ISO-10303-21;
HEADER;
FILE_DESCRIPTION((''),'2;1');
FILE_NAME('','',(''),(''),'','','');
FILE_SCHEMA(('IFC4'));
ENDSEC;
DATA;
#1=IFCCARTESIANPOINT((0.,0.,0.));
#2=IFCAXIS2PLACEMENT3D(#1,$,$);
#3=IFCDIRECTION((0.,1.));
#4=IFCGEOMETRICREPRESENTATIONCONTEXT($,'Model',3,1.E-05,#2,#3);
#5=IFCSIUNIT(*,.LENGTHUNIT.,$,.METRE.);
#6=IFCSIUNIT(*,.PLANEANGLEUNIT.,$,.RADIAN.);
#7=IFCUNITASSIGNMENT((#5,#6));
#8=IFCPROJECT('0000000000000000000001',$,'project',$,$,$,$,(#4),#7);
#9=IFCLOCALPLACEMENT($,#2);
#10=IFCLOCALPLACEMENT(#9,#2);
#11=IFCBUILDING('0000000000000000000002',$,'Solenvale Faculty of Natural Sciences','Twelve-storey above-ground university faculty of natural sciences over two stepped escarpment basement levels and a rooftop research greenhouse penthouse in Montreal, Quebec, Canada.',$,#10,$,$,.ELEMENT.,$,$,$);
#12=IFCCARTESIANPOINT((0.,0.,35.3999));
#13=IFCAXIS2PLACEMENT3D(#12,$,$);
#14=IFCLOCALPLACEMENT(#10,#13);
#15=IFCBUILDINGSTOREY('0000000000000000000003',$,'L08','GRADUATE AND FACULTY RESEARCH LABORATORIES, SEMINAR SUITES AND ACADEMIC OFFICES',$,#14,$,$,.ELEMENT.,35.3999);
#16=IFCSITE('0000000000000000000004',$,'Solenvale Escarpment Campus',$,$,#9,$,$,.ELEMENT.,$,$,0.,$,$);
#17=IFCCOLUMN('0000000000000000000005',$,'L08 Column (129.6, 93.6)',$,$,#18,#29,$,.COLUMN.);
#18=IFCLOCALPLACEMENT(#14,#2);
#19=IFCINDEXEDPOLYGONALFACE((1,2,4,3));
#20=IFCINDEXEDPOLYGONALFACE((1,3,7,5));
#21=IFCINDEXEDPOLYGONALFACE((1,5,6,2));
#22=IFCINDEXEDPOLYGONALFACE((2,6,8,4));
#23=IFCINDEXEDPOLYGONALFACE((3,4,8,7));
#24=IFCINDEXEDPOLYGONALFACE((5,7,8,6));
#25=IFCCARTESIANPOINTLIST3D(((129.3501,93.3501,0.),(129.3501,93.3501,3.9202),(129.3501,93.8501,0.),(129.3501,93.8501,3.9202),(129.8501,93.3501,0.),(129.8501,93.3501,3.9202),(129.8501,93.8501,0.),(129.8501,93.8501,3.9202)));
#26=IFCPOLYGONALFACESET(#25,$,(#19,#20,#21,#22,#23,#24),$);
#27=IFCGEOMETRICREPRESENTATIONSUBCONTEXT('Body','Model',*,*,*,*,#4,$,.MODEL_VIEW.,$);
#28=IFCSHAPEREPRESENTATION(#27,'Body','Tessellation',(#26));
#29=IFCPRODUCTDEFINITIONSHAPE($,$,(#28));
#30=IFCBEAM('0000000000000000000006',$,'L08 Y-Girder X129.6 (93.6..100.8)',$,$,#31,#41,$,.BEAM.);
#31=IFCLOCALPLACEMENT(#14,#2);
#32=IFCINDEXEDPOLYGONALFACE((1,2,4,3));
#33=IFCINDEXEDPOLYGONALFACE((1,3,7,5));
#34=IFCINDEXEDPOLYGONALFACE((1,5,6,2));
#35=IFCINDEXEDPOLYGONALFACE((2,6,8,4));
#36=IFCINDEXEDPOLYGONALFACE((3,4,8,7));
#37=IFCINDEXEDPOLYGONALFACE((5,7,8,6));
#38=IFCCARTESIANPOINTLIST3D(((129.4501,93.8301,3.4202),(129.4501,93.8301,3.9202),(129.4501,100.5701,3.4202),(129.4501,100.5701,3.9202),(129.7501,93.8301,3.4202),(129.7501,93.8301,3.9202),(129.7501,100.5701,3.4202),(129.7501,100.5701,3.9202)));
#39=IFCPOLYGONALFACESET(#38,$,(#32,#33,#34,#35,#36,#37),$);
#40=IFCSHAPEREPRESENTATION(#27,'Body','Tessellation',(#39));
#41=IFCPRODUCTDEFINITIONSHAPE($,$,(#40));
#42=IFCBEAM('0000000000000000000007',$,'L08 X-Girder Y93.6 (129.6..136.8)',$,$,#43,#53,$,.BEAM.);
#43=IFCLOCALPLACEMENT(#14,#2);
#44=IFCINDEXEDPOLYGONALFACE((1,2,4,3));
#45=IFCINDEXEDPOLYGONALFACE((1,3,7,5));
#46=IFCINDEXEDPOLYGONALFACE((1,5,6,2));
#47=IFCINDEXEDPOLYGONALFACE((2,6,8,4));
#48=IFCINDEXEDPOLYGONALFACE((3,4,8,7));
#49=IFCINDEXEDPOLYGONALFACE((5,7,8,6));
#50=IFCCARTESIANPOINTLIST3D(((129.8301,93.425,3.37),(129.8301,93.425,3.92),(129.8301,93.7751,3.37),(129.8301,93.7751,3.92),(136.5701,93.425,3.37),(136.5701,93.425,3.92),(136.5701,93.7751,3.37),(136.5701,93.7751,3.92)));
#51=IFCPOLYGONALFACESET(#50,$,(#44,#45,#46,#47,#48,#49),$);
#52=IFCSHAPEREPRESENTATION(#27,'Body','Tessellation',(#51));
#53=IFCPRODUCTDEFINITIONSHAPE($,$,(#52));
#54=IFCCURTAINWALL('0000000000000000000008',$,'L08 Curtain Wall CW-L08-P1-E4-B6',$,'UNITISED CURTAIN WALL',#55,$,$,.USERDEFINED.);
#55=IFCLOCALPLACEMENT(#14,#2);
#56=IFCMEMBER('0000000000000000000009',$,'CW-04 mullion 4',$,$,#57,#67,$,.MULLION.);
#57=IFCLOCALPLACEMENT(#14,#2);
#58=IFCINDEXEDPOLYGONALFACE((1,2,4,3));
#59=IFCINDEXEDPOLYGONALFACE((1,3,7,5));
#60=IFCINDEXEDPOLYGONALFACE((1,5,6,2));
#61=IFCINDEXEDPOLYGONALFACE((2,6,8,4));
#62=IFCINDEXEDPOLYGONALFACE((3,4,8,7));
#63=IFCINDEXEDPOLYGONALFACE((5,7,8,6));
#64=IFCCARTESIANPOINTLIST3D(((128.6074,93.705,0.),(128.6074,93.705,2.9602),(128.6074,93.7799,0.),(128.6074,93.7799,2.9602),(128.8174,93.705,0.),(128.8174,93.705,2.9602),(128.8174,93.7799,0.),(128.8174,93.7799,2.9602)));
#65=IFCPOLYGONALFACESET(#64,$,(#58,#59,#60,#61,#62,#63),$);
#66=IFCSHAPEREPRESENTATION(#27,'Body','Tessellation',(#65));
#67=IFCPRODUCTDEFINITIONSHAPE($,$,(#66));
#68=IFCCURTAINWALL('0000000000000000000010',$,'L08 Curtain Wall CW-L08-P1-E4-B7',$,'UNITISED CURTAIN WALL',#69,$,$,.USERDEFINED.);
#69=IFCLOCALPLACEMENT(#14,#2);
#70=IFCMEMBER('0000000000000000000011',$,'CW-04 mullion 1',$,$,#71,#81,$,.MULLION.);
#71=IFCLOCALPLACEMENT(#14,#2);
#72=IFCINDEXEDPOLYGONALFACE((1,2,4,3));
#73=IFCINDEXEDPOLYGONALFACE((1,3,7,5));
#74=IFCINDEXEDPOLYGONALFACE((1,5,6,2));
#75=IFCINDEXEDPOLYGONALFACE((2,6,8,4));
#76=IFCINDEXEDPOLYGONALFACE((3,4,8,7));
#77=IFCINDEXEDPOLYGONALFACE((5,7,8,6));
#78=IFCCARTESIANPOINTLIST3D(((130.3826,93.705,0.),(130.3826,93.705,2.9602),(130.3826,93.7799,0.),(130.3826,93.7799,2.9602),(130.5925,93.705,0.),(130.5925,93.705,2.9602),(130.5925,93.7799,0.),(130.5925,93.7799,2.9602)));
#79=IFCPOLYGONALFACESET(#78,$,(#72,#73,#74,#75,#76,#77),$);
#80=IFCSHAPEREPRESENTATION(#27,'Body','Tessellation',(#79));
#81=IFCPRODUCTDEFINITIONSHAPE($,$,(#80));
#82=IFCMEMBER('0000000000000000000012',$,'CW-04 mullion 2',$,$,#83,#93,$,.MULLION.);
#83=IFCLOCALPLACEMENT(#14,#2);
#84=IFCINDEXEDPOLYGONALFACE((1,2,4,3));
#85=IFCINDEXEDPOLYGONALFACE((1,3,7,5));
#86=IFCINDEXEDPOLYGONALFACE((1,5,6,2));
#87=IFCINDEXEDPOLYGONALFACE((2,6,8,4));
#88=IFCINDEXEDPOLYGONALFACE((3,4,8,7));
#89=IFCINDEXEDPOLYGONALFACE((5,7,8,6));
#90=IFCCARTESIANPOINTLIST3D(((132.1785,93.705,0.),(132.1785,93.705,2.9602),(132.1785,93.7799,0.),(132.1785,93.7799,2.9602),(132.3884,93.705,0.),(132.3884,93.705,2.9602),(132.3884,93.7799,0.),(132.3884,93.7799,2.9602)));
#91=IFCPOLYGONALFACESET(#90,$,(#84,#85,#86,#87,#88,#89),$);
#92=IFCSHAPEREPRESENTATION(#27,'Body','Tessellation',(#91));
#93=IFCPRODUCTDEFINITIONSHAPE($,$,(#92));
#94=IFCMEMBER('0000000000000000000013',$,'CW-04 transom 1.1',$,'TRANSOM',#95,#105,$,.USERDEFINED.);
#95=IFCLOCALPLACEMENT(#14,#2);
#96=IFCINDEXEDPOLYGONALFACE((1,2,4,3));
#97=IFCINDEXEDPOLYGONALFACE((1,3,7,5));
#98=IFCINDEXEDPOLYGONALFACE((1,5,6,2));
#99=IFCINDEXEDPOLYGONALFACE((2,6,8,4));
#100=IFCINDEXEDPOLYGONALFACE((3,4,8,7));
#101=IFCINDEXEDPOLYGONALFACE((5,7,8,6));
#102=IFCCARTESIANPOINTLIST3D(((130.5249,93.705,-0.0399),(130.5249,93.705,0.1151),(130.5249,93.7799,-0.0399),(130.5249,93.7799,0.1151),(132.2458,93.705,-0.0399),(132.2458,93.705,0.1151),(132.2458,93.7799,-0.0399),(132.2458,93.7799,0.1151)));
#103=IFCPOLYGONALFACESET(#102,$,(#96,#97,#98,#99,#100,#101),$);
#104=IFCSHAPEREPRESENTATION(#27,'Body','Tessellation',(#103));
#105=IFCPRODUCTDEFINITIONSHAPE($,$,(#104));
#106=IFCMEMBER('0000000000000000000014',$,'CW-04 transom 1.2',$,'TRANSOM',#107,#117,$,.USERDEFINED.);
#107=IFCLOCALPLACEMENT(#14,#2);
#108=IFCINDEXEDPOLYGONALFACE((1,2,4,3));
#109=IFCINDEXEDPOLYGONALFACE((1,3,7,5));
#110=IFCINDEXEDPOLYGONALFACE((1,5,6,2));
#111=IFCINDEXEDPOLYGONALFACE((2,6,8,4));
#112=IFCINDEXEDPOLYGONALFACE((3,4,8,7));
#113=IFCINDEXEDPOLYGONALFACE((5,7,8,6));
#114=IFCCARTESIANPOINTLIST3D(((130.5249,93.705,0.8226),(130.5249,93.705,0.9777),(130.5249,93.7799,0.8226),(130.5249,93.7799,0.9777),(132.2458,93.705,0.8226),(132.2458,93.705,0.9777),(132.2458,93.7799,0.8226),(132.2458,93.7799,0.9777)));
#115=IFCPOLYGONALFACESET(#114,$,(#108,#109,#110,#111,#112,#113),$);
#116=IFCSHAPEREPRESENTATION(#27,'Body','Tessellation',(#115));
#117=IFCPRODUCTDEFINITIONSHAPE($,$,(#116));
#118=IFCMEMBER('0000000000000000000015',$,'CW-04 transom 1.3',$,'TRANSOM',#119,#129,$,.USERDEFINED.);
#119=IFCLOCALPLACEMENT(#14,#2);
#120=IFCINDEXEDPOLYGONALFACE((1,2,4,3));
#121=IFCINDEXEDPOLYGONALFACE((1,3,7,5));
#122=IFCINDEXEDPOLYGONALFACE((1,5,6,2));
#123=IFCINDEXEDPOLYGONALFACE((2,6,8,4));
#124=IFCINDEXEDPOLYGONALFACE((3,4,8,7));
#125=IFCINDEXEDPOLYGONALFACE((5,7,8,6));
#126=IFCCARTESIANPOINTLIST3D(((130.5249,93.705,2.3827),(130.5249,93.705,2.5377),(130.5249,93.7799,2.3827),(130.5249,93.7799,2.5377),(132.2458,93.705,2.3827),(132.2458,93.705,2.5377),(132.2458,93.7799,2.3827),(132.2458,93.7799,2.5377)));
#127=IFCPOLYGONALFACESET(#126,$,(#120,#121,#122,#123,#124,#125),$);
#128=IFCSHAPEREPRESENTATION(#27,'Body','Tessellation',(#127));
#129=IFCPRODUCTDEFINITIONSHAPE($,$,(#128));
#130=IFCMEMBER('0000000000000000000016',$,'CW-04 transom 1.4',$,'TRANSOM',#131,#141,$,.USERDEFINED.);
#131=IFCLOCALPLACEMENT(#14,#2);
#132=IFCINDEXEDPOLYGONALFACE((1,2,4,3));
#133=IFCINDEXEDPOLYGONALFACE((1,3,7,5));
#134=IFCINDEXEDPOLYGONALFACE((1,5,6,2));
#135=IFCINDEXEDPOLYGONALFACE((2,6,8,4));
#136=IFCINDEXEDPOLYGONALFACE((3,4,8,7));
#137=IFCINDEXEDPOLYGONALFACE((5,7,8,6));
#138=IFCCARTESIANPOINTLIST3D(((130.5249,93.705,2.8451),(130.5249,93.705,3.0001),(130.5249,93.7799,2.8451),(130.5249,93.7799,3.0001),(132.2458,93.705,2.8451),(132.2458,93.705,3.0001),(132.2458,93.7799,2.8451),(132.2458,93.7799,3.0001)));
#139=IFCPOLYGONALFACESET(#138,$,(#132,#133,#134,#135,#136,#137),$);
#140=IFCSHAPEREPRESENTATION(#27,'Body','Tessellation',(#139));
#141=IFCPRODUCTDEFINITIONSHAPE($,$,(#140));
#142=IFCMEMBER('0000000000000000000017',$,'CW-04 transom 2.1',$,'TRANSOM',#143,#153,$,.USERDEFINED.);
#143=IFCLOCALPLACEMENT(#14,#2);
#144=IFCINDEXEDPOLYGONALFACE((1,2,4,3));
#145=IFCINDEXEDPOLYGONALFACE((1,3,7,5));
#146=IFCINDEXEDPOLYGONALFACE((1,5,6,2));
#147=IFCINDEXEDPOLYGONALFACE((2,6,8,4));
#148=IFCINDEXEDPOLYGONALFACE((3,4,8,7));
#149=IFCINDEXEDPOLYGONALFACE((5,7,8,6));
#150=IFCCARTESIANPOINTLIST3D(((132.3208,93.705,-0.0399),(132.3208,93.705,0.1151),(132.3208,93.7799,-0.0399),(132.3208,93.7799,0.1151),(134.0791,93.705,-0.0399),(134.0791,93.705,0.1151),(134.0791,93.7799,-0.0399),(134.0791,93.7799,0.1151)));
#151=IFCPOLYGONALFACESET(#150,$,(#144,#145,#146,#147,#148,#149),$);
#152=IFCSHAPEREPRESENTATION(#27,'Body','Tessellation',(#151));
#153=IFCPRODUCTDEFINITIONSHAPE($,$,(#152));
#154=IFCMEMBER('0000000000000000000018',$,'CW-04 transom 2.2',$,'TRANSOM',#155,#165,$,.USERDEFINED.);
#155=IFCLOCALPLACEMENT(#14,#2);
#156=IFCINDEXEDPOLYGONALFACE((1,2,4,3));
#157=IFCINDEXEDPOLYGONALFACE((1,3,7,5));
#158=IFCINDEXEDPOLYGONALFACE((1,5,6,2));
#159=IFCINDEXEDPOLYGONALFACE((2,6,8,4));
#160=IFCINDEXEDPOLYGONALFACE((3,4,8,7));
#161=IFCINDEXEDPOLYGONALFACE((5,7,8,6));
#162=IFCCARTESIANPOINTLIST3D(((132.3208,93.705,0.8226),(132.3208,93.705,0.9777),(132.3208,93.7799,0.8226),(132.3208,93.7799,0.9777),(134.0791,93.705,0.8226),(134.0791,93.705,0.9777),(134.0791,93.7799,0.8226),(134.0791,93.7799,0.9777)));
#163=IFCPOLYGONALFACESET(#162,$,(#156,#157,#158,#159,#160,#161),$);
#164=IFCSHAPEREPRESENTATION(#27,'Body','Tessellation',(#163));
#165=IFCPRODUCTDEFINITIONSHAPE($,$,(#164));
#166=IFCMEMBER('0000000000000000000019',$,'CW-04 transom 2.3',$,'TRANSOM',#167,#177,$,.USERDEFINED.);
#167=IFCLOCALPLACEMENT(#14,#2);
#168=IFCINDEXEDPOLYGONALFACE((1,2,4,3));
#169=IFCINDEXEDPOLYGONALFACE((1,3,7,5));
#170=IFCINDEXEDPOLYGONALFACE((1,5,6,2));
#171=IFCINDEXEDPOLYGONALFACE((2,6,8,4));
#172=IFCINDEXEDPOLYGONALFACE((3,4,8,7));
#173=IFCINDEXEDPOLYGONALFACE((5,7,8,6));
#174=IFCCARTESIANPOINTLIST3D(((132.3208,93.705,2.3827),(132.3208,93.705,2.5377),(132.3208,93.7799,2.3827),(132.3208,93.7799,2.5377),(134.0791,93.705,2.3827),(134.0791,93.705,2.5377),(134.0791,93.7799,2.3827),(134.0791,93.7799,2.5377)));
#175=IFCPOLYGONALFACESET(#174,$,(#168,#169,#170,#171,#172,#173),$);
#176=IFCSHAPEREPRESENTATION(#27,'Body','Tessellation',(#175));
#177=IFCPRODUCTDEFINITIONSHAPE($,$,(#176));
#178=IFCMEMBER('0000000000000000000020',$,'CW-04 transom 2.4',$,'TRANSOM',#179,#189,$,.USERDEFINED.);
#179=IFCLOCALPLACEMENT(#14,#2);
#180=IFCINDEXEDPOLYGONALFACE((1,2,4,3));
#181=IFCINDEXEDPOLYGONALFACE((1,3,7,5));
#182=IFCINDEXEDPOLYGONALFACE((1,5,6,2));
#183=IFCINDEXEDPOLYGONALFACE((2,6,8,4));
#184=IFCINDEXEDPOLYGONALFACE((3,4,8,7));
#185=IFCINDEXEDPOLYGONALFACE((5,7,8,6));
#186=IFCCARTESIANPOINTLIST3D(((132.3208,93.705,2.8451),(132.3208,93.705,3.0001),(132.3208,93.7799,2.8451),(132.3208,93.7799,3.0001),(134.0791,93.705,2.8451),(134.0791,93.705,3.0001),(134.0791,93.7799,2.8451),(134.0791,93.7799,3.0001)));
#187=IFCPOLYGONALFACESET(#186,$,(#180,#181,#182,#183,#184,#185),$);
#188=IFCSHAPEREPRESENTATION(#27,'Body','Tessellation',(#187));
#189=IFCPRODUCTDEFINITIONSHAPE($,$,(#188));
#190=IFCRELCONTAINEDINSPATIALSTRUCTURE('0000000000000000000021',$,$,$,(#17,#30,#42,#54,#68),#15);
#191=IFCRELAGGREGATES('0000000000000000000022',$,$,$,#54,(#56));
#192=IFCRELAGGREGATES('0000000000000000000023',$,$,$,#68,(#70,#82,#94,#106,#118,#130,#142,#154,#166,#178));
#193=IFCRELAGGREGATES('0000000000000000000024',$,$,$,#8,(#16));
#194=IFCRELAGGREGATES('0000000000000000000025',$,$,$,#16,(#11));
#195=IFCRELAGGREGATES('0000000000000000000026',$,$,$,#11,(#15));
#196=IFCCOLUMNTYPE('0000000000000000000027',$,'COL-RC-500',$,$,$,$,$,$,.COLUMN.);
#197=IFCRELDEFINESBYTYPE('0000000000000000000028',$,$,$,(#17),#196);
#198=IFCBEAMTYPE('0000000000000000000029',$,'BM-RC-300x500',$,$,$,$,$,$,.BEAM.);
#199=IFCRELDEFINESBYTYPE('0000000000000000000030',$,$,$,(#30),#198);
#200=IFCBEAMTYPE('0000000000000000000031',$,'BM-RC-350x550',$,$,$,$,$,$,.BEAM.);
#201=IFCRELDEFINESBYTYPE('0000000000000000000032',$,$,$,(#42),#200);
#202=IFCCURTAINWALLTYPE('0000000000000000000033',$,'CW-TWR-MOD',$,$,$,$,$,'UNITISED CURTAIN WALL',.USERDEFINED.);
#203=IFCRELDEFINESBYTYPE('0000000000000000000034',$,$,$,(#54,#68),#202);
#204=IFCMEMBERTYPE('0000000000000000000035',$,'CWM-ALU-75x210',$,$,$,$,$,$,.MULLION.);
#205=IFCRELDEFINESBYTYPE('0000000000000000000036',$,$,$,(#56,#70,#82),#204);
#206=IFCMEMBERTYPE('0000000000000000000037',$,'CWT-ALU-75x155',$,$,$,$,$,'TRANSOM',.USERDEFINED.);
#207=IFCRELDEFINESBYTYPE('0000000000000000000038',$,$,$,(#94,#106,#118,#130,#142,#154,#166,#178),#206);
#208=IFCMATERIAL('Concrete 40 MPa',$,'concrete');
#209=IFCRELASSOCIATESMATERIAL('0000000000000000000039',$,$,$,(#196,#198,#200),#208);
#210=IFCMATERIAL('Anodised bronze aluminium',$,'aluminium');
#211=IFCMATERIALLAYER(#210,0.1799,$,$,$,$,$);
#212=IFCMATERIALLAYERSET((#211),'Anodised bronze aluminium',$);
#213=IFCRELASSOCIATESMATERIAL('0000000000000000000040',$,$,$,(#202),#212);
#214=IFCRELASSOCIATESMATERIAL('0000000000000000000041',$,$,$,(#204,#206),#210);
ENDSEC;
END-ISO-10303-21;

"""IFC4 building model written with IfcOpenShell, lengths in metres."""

from ifc_helpers import new_model, si_unit, direction, frame, origin, origin_2d, place, context, subcontext, project, spatial, rectangle, extrude, material, layer, layer_set, material_profile, profile_set, type_object, element, aggregate, save


model = new_model("IFC4")

# Units and contexts
model_context = context("Model", 3, precision=1e-05, world=origin(), true_north=direction((0.0, 1.0)))
body_context = subcontext(model_context, "Body", "Model", "MODEL_VIEW")
ifc_project = project(units=[si_unit("LENGTHUNIT", "METRE"), si_unit("PLANEANGLEUNIT", "RADIAN")], contexts=[model_context])

# Site, building, storey
site_placement = place(None, origin())
site = spatial("IfcSite", under=ifc_project, at=site_placement, Name="Solenvale Escarpment Campus", CompositionType="ELEMENT", RefElevation=0.0)
building_placement = place(site_placement, origin())
building = spatial("IfcBuilding", under=site, at=building_placement, Name="Solenvale Faculty of Natural Sciences", Description="Twelve-storey above-ground university faculty of natural sciences over two stepped escarpment basement levels and a rooftop research greenhouse penthouse in Montreal, Quebec, Canada.", CompositionType="ELEMENT")
storey_placement = place(building_placement, frame((0.0, 0.0, 35.3999)))
storey = spatial("IfcBuildingStorey", under=building, at=storey_placement, Name="L08", Description="GRADUATE AND FACULTY RESEARCH LABORATORIES, SEMINAR SUITES AND ACADEMIC OFFICES", CompositionType="ELEMENT", Elevation=35.3999)

# Column
ifc_material_1 = material(Name="Concrete 40 MPa", Category="concrete")
ifc_material_profile_1 = material_profile(ifc_material_1, rectangle(XDim=0.5, YDim=0.5, at=origin_2d()), Name="RC-COL-500x500")
ifc_profile_set_1 = profile_set([ifc_material_profile_1], Name="Concrete 40 MPa")
column_type = type_object("IfcColumnType", Name="COL-RC-500", PredefinedType="COLUMN", material=ifc_profile_set_1)
column_placement = place(storey_placement, frame((129.6001, 93.6001, 0.0), z_axis=(0.0, 0.0, 1.0), x_axis=(1.0, 0.0, 0.0)))
element("IfcColumn", 1, at=column_placement, inside=storey, type_object=column_type, Name="L08 Column (129.6, 93.6)", PredefinedType="COLUMN", context=body_context, shape_type="SweptSolid", body=[
    extrude(rectangle(XDim=0.5, YDim=0.5, at=origin_2d()), origin(), (0.0, 0.0, 1.0), 3.9202),
])

# Beams
ifc_material_profile_2 = material_profile(ifc_material_1, rectangle(XDim=0.3, YDim=0.5, at=origin_2d()), Name="RC-BM-300x500")
ifc_profile_set_2 = profile_set([ifc_material_profile_2], Name="Concrete 40 MPa")
beam_type_1 = type_object("IfcBeamType", Name="BM-RC-300x500", PredefinedType="BEAM", material=ifc_profile_set_2)
beam_1_placement = place(storey_placement, frame((129.6001, 93.8301, 3.6702), z_axis=(0.0, 1.0, 0.0), x_axis=(-1.0, 0.0, 0.0)))
element("IfcBeam", 2, at=beam_1_placement, inside=storey, type_object=beam_type_1, Name="L08 Y-Girder X129.6 (93.6..100.8)", PredefinedType="BEAM", context=body_context, shape_type="SweptSolid", body=[
    extrude(rectangle(XDim=0.3, YDim=0.5, at=origin_2d()), origin(), (0.0, 0.0, 1.0), 6.74),
])
ifc_material_profile_3 = material_profile(ifc_material_1, rectangle(XDim=0.3501, YDim=0.55, at=origin_2d()), Name="RC-BM-350x550")
ifc_profile_set_3 = profile_set([ifc_material_profile_3], Name="Concrete 40 MPa")
beam_type_2 = type_object("IfcBeamType", Name="BM-RC-350x550", PredefinedType="BEAM", material=ifc_profile_set_3)
beam_2_placement = place(storey_placement, frame((129.8301, 93.6001, 3.645), z_axis=(1.0, 0.0, 0.0), x_axis=(0.0, 1.0, 0.0)))
element("IfcBeam", 3, at=beam_2_placement, inside=storey, type_object=beam_type_2, Name="L08 X-Girder Y93.6 (129.6..136.8)", PredefinedType="BEAM", context=body_context, shape_type="SweptSolid", body=[
    extrude(rectangle(XDim=0.3501, YDim=0.55, at=origin_2d()), origin(), (0.0, 0.0, 1.0), 6.74),
])

# Curtain wall, member
ifc_material_2 = material(Name="Anodised bronze aluminium", Category="aluminium")
ifc_layer_1 = layer(ifc_material_2, 0.1799)
ifc_layer_set_1 = layer_set([ifc_layer_1], Name="Anodised bronze aluminium")
curtain_wall_type = type_object("IfcCurtainWallType", Name="CW-TWR-MOD", ElementType="UNITISED CURTAIN WALL", PredefinedType="USERDEFINED", material=ifc_layer_set_1)
curtain_wall_1_placement = place(storey_placement, origin())
curtain_wall_1 = element("IfcCurtainWall", 4, at=curtain_wall_1_placement, inside=storey, type_object=curtain_wall_type, Name="L08 Curtain Wall CW-L08-P1-E4-B6", ObjectType="UNITISED CURTAIN WALL", PredefinedType="USERDEFINED")
ifc_material_profile_4 = material_profile(ifc_material_2, rectangle(XDim=0.075, YDim=0.21, at=origin_2d()), Name="ALU-MUL-75x210")
ifc_profile_set_4 = profile_set([ifc_material_profile_4], Name="Anodised bronze aluminium")
member_type_1 = type_object("IfcMemberType", Name="CWM-ALU-75x210", PredefinedType="MULLION", material=ifc_profile_set_4)
member_1_placement = place(storey_placement, frame((128.7124, 93.7424, 0.0), z_axis=(0.0, 0.0, 1.0), x_axis=(0.0, 1.0, 0.0)))
member_1 = element("IfcMember", 5, at=member_1_placement, type_object=member_type_1, Name="CW-04 mullion 4", PredefinedType="MULLION", context=body_context, shape_type="SweptSolid", body=[
    extrude(rectangle(XDim=0.075, YDim=0.21, at=origin_2d()), origin(), (0.0, 0.0, 1.0), 2.9602),
])

# Curtain wall, members
curtain_wall_2_placement = place(storey_placement, origin())
curtain_wall_2 = element("IfcCurtainWall", 6, at=curtain_wall_2_placement, inside=storey, type_object=curtain_wall_type, Name="L08 Curtain Wall CW-L08-P1-E4-B7", ObjectType="UNITISED CURTAIN WALL", PredefinedType="USERDEFINED")
member_2_placement = place(storey_placement, frame((130.4875, 93.7424, 0.0), z_axis=(0.0, 0.0, 1.0), x_axis=(0.0, 1.0, 0.0)))
member_2 = element("IfcMember", 7, at=member_2_placement, type_object=member_type_1, Name="CW-04 mullion 1", PredefinedType="MULLION", context=body_context, shape_type="SweptSolid", body=[
    extrude(rectangle(XDim=0.075, YDim=0.21, at=origin_2d()), origin(), (0.0, 0.0, 1.0), 2.9602),
])
member_3_placement = place(storey_placement, frame((132.2834, 93.7424, 0.0), z_axis=(0.0, 0.0, 1.0), x_axis=(0.0, 1.0, 0.0)))
member_3 = element("IfcMember", 8, at=member_3_placement, type_object=member_type_1, Name="CW-04 mullion 2", PredefinedType="MULLION", context=body_context, shape_type="SweptSolid", body=[
    extrude(rectangle(XDim=0.075, YDim=0.21, at=origin_2d()), origin(), (0.0, 0.0, 1.0), 2.9602),
])
ifc_material_profile_5 = material_profile(ifc_material_2, rectangle(XDim=0.075, YDim=0.155, at=origin_2d()), Name="ALU-TRN-75x155")
ifc_profile_set_5 = profile_set([ifc_material_profile_5], Name="Anodised bronze aluminium")
member_type_2 = type_object("IfcMemberType", Name="CWT-ALU-75x155", ElementType="TRANSOM", PredefinedType="USERDEFINED", material=ifc_profile_set_5)
member_4_placement = place(storey_placement, frame((130.5249, 93.7424, 0.0376), z_axis=(1.0, 0.0, 0.0), x_axis=(0.0, 1.0, 0.0)))
member_4 = element("IfcMember", 9, at=member_4_placement, type_object=member_type_2, Name="CW-04 transom 1.1", ObjectType="TRANSOM", PredefinedType="USERDEFINED", context=body_context, shape_type="SweptSolid", body=[
    extrude(rectangle(XDim=0.075, YDim=0.155, at=origin_2d()), origin(), (0.0, 0.0, 1.0), 1.7209),
])
member_5_placement = place(storey_placement, frame((130.5249, 93.7424, 0.9001), z_axis=(1.0, 0.0, 0.0), x_axis=(0.0, 1.0, 0.0)))
member_5 = element("IfcMember", 10, at=member_5_placement, type_object=member_type_2, Name="CW-04 transom 1.2", ObjectType="TRANSOM", PredefinedType="USERDEFINED", context=body_context, shape_type="SweptSolid", body=[
    extrude(rectangle(XDim=0.075, YDim=0.155, at=origin_2d()), origin(), (0.0, 0.0, 1.0), 1.7209),
])
member_6_placement = place(storey_placement, frame((130.5249, 93.7424, 2.4602), z_axis=(1.0, 0.0, 0.0), x_axis=(0.0, 1.0, 0.0)))
member_6 = element("IfcMember", 11, at=member_6_placement, type_object=member_type_2, Name="CW-04 transom 1.3", ObjectType="TRANSOM", PredefinedType="USERDEFINED", context=body_context, shape_type="SweptSolid", body=[
    extrude(rectangle(XDim=0.075, YDim=0.155, at=origin_2d()), origin(), (0.0, 0.0, 1.0), 1.7209),
])
member_7_placement = place(storey_placement, frame((130.5249, 93.7424, 2.9226), z_axis=(1.0, 0.0, 0.0), x_axis=(0.0, 1.0, 0.0)))
member_7 = element("IfcMember", 12, at=member_7_placement, type_object=member_type_2, Name="CW-04 transom 1.4", ObjectType="TRANSOM", PredefinedType="USERDEFINED", context=body_context, shape_type="SweptSolid", body=[
    extrude(rectangle(XDim=0.075, YDim=0.155, at=origin_2d()), origin(), (0.0, 0.0, 1.0), 1.7209),
])
member_8_placement = place(storey_placement, frame((132.3208, 93.7424, 0.0376), z_axis=(1.0, 0.0, 0.0), x_axis=(0.0, 1.0, 0.0)))
member_8 = element("IfcMember", 13, at=member_8_placement, type_object=member_type_2, Name="CW-04 transom 2.1", ObjectType="TRANSOM", PredefinedType="USERDEFINED", context=body_context, shape_type="SweptSolid", body=[
    extrude(rectangle(XDim=0.075, YDim=0.155, at=origin_2d()), origin(), (0.0, 0.0, 1.0), 1.7583),
])
member_9_placement = place(storey_placement, frame((132.3208, 93.7424, 0.9001), z_axis=(1.0, 0.0, 0.0), x_axis=(0.0, 1.0, 0.0)))
member_9 = element("IfcMember", 14, at=member_9_placement, type_object=member_type_2, Name="CW-04 transom 2.2", ObjectType="TRANSOM", PredefinedType="USERDEFINED", context=body_context, shape_type="SweptSolid", body=[
    extrude(rectangle(XDim=0.075, YDim=0.155, at=origin_2d()), origin(), (0.0, 0.0, 1.0), 1.7583),
])
member_10_placement = place(storey_placement, frame((132.3208, 93.7424, 2.4602), z_axis=(1.0, 0.0, 0.0), x_axis=(0.0, 1.0, 0.0)))
member_10 = element("IfcMember", 15, at=member_10_placement, type_object=member_type_2, Name="CW-04 transom 2.3", ObjectType="TRANSOM", PredefinedType="USERDEFINED", context=body_context, shape_type="SweptSolid", body=[
    extrude(rectangle(XDim=0.075, YDim=0.155, at=origin_2d()), origin(), (0.0, 0.0, 1.0), 1.7583),
])
member_11_placement = place(storey_placement, frame((132.3208, 93.7424, 2.9226), z_axis=(1.0, 0.0, 0.0), x_axis=(0.0, 1.0, 0.0)))
member_11 = element("IfcMember", 16, at=member_11_placement, type_object=member_type_2, Name="CW-04 transom 2.4", ObjectType="TRANSOM", PredefinedType="USERDEFINED", context=body_context, shape_type="SweptSolid", body=[
    extrude(rectangle(XDim=0.075, YDim=0.155, at=origin_2d()), origin(), (0.0, 0.0, 1.0), 1.7583),
])

aggregate(curtain_wall_1, [member_1])
aggregate(curtain_wall_2, [member_2, member_3, member_4, member_5, member_6, member_7, member_8, member_9, member_10, member_11])

save(model, "model.ifc")
